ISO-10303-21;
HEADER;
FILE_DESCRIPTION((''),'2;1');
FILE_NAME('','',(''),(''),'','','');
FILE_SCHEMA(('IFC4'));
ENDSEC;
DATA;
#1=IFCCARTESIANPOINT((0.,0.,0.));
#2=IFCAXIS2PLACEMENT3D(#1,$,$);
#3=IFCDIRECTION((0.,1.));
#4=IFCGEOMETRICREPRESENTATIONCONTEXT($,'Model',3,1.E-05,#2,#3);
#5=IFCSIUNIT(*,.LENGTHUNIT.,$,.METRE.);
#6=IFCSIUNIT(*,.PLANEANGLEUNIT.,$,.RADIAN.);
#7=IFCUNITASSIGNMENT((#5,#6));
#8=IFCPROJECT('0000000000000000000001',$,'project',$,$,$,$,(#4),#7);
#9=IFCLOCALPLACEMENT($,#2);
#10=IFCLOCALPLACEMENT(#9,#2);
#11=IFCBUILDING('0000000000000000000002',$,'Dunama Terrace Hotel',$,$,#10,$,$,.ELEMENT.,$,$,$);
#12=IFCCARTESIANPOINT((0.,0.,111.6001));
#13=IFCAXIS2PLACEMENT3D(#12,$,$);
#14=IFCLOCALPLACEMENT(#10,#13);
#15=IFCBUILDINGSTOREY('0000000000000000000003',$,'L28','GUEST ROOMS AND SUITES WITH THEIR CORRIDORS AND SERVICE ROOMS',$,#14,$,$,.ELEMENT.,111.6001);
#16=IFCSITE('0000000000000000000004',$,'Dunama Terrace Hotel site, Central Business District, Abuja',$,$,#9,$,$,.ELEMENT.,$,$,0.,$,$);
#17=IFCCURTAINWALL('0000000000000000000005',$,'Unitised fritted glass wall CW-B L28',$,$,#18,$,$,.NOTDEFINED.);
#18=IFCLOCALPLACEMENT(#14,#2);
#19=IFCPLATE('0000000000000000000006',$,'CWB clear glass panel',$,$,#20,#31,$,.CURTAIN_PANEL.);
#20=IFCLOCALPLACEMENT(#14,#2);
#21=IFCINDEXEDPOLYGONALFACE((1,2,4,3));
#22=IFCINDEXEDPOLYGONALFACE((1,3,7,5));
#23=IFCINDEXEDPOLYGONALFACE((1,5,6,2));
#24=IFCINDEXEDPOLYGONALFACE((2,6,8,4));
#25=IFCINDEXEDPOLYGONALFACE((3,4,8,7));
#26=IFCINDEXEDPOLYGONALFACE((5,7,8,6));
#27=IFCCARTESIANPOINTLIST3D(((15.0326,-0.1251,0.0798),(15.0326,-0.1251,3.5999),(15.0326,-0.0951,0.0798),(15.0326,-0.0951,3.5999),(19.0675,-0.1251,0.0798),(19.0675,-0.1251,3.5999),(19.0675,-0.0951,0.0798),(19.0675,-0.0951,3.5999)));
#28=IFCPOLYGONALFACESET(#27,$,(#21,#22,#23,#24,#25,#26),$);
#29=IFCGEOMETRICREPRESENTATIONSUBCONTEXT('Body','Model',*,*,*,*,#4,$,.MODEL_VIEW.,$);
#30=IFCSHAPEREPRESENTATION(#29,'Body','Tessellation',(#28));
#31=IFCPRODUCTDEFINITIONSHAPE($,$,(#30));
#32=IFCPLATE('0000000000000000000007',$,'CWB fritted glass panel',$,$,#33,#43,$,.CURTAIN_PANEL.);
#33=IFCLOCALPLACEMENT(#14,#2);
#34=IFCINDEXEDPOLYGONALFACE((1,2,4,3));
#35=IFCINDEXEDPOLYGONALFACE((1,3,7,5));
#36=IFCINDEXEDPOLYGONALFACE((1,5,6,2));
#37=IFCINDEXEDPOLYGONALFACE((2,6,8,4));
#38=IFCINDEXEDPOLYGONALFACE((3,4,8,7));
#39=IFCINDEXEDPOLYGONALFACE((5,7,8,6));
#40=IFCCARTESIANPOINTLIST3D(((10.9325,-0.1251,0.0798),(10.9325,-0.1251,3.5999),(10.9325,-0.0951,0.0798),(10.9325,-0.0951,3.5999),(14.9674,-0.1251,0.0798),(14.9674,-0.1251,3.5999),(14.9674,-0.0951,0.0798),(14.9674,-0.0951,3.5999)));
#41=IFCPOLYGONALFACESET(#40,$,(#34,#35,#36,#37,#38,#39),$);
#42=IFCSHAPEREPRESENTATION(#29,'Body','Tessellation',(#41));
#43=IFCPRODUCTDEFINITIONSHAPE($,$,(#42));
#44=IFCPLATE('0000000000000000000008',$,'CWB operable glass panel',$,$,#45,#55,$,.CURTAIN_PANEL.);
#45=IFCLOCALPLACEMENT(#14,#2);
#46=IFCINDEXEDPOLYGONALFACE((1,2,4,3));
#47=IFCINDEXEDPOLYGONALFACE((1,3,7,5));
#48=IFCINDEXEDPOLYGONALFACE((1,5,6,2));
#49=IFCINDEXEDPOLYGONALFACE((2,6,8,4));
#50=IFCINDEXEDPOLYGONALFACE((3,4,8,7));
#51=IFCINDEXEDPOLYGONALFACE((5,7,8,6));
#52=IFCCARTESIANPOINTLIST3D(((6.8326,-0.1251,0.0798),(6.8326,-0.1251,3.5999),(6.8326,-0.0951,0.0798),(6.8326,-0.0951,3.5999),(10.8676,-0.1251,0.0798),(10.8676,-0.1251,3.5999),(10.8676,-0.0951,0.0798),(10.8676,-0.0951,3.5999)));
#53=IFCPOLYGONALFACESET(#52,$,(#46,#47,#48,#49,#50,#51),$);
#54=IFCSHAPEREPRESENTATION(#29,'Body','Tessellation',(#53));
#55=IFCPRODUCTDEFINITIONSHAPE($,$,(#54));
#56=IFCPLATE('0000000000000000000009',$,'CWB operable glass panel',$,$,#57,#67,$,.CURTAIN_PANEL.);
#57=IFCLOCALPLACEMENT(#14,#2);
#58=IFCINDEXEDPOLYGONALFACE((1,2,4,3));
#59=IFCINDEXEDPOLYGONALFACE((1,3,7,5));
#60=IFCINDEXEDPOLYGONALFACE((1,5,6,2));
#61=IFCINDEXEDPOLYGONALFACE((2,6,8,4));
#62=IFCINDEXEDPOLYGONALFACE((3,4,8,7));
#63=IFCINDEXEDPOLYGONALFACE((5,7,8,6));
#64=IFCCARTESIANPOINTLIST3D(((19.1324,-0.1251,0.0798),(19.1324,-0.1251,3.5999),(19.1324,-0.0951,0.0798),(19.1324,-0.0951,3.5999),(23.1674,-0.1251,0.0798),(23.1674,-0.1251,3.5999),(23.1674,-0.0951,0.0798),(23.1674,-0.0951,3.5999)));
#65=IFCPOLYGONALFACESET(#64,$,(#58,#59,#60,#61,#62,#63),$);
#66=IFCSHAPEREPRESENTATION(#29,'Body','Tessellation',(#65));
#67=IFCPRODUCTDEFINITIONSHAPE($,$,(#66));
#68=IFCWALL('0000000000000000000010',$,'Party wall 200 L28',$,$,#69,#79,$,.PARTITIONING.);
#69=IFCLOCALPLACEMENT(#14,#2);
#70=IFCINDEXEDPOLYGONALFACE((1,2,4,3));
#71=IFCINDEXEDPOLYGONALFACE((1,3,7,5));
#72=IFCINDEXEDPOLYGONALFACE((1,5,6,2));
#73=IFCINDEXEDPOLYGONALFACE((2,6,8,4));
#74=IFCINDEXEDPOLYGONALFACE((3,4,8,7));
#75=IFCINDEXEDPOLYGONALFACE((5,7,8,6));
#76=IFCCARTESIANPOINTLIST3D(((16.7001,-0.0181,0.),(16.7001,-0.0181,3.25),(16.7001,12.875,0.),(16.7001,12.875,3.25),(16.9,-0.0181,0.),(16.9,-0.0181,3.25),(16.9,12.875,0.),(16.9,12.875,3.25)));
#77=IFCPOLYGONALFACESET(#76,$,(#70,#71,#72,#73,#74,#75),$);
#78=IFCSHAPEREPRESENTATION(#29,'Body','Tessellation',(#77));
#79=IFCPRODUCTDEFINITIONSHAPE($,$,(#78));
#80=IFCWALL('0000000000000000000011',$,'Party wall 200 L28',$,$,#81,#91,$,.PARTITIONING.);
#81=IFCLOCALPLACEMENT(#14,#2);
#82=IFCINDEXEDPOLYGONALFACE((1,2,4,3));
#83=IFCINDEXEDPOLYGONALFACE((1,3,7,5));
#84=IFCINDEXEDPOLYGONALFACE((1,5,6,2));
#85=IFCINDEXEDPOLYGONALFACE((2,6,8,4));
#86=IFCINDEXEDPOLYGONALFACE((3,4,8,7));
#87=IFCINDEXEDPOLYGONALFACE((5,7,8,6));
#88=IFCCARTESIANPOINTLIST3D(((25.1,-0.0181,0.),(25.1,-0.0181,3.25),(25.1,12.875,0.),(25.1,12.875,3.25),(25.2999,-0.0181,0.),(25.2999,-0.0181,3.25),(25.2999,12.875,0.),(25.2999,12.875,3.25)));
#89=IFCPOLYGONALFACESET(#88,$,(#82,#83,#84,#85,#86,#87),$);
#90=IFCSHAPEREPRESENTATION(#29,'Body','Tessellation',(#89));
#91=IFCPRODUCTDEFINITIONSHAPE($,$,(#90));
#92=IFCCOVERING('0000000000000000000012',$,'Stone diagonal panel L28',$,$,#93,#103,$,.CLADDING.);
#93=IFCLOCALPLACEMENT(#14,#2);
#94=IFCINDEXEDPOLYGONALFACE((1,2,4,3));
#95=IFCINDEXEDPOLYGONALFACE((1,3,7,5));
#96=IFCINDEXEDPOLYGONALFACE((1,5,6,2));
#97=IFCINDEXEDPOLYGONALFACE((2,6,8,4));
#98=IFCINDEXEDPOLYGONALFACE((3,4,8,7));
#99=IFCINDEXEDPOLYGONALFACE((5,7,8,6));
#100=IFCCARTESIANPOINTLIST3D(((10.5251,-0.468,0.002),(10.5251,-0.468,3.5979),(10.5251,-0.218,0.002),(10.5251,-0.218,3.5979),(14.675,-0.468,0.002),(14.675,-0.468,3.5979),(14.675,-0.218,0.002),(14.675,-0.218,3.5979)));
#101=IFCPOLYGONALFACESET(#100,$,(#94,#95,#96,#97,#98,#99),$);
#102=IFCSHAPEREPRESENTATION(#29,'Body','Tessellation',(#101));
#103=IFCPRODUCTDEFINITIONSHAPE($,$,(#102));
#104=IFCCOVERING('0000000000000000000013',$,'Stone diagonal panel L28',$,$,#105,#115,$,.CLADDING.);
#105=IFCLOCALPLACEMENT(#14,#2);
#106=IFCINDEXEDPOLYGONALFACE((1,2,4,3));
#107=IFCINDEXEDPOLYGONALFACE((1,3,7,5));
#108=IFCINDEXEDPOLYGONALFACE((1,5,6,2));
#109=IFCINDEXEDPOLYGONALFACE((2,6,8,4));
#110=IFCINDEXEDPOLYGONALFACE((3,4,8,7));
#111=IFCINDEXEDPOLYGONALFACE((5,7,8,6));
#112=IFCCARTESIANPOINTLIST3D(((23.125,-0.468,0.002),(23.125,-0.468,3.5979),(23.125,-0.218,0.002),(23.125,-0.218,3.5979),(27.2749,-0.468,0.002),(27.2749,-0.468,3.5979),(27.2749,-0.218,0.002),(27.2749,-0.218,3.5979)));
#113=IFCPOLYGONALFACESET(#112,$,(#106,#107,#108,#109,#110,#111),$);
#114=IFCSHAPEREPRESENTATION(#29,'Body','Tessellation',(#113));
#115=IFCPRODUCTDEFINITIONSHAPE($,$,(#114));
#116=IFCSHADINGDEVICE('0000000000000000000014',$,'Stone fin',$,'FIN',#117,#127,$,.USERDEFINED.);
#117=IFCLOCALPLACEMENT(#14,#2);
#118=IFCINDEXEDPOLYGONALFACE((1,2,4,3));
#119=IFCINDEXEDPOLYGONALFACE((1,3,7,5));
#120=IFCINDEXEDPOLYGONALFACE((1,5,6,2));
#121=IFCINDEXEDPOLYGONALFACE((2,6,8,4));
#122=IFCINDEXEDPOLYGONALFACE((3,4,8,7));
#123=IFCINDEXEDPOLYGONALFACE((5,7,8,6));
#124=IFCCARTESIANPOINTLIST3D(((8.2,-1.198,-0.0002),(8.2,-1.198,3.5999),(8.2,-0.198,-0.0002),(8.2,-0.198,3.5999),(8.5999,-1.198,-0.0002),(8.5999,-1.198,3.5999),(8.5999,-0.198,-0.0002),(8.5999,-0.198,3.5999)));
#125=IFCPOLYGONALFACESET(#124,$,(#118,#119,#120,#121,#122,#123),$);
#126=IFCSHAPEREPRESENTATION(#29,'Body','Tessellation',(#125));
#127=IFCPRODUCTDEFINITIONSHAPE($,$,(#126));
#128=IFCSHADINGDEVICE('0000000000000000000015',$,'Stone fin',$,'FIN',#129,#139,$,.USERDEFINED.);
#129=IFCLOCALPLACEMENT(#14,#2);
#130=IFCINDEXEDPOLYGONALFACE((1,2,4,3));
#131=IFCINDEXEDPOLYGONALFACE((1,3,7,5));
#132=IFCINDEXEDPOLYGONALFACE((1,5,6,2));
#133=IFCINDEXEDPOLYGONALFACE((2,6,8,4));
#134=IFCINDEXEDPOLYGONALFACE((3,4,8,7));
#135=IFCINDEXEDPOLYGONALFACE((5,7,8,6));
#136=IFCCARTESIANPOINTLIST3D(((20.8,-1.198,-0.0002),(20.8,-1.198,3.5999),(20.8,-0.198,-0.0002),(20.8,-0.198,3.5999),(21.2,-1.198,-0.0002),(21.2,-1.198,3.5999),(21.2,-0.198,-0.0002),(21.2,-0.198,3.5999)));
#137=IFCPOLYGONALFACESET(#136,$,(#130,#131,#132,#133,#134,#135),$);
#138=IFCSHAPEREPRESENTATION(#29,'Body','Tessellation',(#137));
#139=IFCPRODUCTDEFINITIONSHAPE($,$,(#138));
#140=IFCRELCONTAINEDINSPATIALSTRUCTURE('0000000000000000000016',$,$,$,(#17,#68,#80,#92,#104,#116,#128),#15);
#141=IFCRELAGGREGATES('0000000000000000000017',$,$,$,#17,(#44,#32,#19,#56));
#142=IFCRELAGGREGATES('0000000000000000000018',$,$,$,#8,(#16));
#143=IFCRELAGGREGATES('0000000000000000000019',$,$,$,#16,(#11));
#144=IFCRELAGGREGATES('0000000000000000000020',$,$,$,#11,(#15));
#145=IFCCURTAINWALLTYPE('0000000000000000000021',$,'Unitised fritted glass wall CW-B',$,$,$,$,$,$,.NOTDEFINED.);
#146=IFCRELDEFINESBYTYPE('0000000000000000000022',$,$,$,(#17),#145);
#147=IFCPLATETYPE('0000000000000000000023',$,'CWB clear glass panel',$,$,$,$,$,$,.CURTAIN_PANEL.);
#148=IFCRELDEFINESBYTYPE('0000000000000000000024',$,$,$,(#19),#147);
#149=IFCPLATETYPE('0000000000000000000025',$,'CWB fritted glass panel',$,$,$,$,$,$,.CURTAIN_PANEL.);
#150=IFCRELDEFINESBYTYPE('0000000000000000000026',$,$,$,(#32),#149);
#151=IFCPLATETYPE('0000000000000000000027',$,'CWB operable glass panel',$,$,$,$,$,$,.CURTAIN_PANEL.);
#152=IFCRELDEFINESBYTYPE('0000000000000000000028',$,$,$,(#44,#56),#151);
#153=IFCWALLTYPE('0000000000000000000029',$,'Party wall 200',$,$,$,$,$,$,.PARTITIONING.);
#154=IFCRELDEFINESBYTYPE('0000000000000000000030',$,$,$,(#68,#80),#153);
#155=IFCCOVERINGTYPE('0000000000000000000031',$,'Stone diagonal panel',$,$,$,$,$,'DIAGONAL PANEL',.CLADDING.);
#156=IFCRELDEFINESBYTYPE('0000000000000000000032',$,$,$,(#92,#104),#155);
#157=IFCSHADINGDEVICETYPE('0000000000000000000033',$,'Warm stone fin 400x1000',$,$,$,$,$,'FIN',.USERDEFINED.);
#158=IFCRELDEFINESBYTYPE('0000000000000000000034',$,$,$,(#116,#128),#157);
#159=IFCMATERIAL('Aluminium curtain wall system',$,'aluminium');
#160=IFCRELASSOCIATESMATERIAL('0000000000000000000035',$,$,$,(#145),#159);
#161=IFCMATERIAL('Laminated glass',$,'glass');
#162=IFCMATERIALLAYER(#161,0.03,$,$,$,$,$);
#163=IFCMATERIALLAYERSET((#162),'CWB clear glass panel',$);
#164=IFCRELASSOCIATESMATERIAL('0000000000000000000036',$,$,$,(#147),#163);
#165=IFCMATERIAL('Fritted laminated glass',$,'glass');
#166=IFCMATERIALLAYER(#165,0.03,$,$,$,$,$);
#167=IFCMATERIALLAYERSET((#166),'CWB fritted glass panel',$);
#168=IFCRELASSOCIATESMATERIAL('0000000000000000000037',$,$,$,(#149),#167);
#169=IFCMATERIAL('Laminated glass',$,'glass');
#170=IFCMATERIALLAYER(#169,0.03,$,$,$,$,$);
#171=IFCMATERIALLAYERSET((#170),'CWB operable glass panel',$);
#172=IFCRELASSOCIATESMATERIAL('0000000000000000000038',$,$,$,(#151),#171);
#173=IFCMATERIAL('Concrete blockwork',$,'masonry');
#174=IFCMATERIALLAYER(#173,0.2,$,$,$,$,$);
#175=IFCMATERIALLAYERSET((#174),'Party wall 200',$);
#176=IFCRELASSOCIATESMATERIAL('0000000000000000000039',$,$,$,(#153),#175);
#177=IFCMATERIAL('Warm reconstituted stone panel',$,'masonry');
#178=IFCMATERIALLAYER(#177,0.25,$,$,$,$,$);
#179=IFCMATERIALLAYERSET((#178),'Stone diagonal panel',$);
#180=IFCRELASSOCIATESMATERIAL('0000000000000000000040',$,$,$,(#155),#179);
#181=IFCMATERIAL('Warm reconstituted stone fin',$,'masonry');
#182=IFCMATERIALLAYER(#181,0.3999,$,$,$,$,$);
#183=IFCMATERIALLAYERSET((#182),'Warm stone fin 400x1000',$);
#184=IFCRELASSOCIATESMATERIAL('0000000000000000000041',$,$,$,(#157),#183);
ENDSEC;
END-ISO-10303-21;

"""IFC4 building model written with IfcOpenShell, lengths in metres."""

from ifc_helpers import new_model, si_unit, direction, frame, frame_2d, origin, origin_2d, place, context, subcontext, project, spatial, rectangle, extrude, material, layer, layer_set, type_object, element, aggregate, save


model = new_model("IFC4")

# Units and contexts
model_context = context("Model", 3, precision=1e-05, world=origin(), true_north=direction((0.0, 1.0)))
body_context = subcontext(model_context, "Body", "Model", "MODEL_VIEW")
ifc_project = project(units=[si_unit("LENGTHUNIT", "METRE"), si_unit("PLANEANGLEUNIT", "RADIAN")], contexts=[model_context])

# Site, building, storey
site_placement = place(None, origin())
site = spatial("IfcSite", under=ifc_project, at=site_placement, Name="Dunama Terrace Hotel site, Central Business District, Abuja", CompositionType="ELEMENT", RefElevation=0.0)
building_placement = place(site_placement, origin())
building = spatial("IfcBuilding", under=site, at=building_placement, Name="Dunama Terrace Hotel", CompositionType="ELEMENT")
storey_placement = place(building_placement, frame((0.0, 0.0, 111.6001)))
storey = spatial("IfcBuildingStorey", under=building, at=storey_placement, Name="L28", Description="GUEST ROOMS AND SUITES WITH THEIR CORRIDORS AND SERVICE ROOMS", CompositionType="ELEMENT", Elevation=111.6001)

# Curtain wall
ifc_material_1 = material(Name="Aluminium curtain wall system", Category="aluminium")
curtain_wall_type = type_object("IfcCurtainWallType", Name="Unitised fritted glass wall CW-B", PredefinedType="NOTDEFINED", material=ifc_material_1)
curtain_wall_placement = place(storey_placement, origin())
curtain_wall = element("IfcCurtainWall", 1, at=curtain_wall_placement, inside=storey, type_object=curtain_wall_type, Name="Unitised fritted glass wall CW-B L28", PredefinedType="NOTDEFINED")

# Plates
ifc_material_2 = material(Name="Laminated glass", Category="glass")
ifc_layer_1 = layer(ifc_material_2, 0.03)
ifc_layer_set_1 = layer_set([ifc_layer_1], Name="CWB clear glass panel")
plate_type_1 = type_object("IfcPlateType", Name="CWB clear glass panel", PredefinedType="CURTAIN_PANEL", material=ifc_layer_set_1)
plate_1_placement = place(storey_placement, frame((17.05, -0.1101, 0.0798), z_axis=(0.0, 0.0, 1.0), x_axis=(1.0, 0.0, 0.0)))
plate_1 = element("IfcPlate", 2, at=plate_1_placement, type_object=plate_type_1, Name="CWB clear glass panel", PredefinedType="CURTAIN_PANEL", context=body_context, shape_type="SweptSolid", body=[
    extrude(rectangle(XDim=4.0349, YDim=0.03, at=origin_2d()), origin(), (0.0, 0.0, 1.0), 3.52),
])
ifc_material_3 = material(Name="Fritted laminated glass", Category="glass")
ifc_layer_2 = layer(ifc_material_3, 0.03)
ifc_layer_set_2 = layer_set([ifc_layer_2], Name="CWB fritted glass panel")
plate_type_2 = type_object("IfcPlateType", Name="CWB fritted glass panel", PredefinedType="CURTAIN_PANEL", material=ifc_layer_set_2)
plate_2_placement = place(storey_placement, frame((12.95, -0.1101, 0.0798), z_axis=(0.0, 0.0, 1.0), x_axis=(1.0, 0.0, 0.0)))
plate_2 = element("IfcPlate", 3, at=plate_2_placement, type_object=plate_type_2, Name="CWB fritted glass panel", PredefinedType="CURTAIN_PANEL", context=body_context, shape_type="SweptSolid", body=[
    extrude(rectangle(XDim=4.0349, YDim=0.03, at=origin_2d()), origin(), (0.0, 0.0, 1.0), 3.52),
])
ifc_material_4 = material(Name="Laminated glass", Category="glass")
ifc_layer_3 = layer(ifc_material_4, 0.03)
ifc_layer_set_3 = layer_set([ifc_layer_3], Name="CWB operable glass panel")
plate_type_3 = type_object("IfcPlateType", Name="CWB operable glass panel", PredefinedType="CURTAIN_PANEL", material=ifc_layer_set_3)
plate_3_placement = place(storey_placement, frame((8.8501, -0.1101, 0.0798), z_axis=(0.0, 0.0, 1.0), x_axis=(1.0, 0.0, 0.0)))
plate_3 = element("IfcPlate", 4, at=plate_3_placement, type_object=plate_type_3, Name="CWB operable glass panel", PredefinedType="CURTAIN_PANEL", context=body_context, shape_type="SweptSolid", body=[
    extrude(rectangle(XDim=4.0349, YDim=0.03, at=origin_2d()), origin(), (0.0, 0.0, 1.0), 3.52),
])
plate_4_placement = place(storey_placement, frame((21.1499, -0.1101, 0.0798), z_axis=(0.0, 0.0, 1.0), x_axis=(1.0, 0.0, 0.0)))
plate_4 = element("IfcPlate", 5, at=plate_4_placement, type_object=plate_type_3, Name="CWB operable glass panel", PredefinedType="CURTAIN_PANEL", context=body_context, shape_type="SweptSolid", body=[
    extrude(rectangle(XDim=4.0349, YDim=0.03, at=origin_2d()), origin(), (0.0, 0.0, 1.0), 3.52),
])
aggregate(curtain_wall, [plate_3, plate_2, plate_1, plate_4])

# Walls
ifc_material_5 = material(Name="Concrete blockwork", Category="masonry")
ifc_layer_4 = layer(ifc_material_5, 0.2)
ifc_layer_set_4 = layer_set([ifc_layer_4], Name="Party wall 200")
wall_type = type_object("IfcWallType", Name="Party wall 200", PredefinedType="PARTITIONING", material=ifc_layer_set_4)
for number, where, z_axis, x_axis, name in (
    (6, (16.8, -0.0181, 0.0), (0.0, 0.0, 1.0), (0.0, 1.0, 0.0), "Party wall 200 L28"),
    (7, (25.2, -0.0181, 0.0), (0.0, 0.0, 1.0), (0.0, 1.0, 0.0), "Party wall 200 L28"),
):
    element("IfcWall", number, at=place(storey_placement, frame(where, z_axis=z_axis, x_axis=x_axis)), inside=storey, type_object=wall_type, Name=name, PredefinedType="PARTITIONING", context=body_context, shape_type="SweptSolid", body=[
        extrude(rectangle(XDim=12.8931, YDim=0.2, at=frame_2d((6.4465, 0.0))), origin(), (0.0, 0.0, 1.0), 3.25),
    ])

# Coverings
ifc_material_6 = material(Name="Warm reconstituted stone panel", Category="masonry")
ifc_layer_5 = layer(ifc_material_6, 0.25)
ifc_layer_set_5 = layer_set([ifc_layer_5], Name="Stone diagonal panel")
covering_type = type_object("IfcCoveringType", Name="Stone diagonal panel", ElementType="DIAGONAL PANEL", PredefinedType="CLADDING", material=ifc_layer_set_5)
for number, where, z_axis, x_axis, name in (
    (8, (12.6001, -0.343, 0.002), (0.0, 0.0, 1.0), (1.0, 0.0, 0.0), "Stone diagonal panel L28"),
    (9, (25.2, -0.343, 0.002), (0.0, 0.0, 1.0), (1.0, 0.0, 0.0), "Stone diagonal panel L28"),
):
    element("IfcCovering", number, at=place(storey_placement, frame(where, z_axis=z_axis, x_axis=x_axis)), inside=storey, type_object=covering_type, Name=name, PredefinedType="CLADDING", context=body_context, shape_type="SweptSolid", body=[
        extrude(rectangle(XDim=4.1499, YDim=0.25, at=origin_2d()), origin(), (0.0, 0.0, 1.0), 3.5959),
    ])

# Shading devices
ifc_material_7 = material(Name="Warm reconstituted stone fin", Category="masonry")
ifc_layer_6 = layer(ifc_material_7, 0.3999)
ifc_layer_set_6 = layer_set([ifc_layer_6], Name="Warm stone fin 400x1000")
shading_device_type = type_object("IfcShadingDeviceType", Name="Warm stone fin 400x1000", ElementType="FIN", PredefinedType="USERDEFINED", material=ifc_layer_set_6)
for number, where, z_axis, x_axis, name in (
    (10, (8.3999, -0.698, -0.0002), (0.0, 0.0, 1.0), (1.0, 0.0, 0.0), "Stone fin"),
    (11, (21.0, -0.698, -0.0002), (0.0, 0.0, 1.0), (1.0, 0.0, 0.0), "Stone fin"),
):
    element("IfcShadingDevice", number, at=place(storey_placement, frame(where, z_axis=z_axis, x_axis=x_axis)), inside=storey, type_object=shading_device_type, Name=name, ObjectType="FIN", PredefinedType="USERDEFINED", context=body_context, shape_type="SweptSolid", body=[
        extrude(rectangle(XDim=0.3999, YDim=1.0, at=origin_2d()), origin(), (0.0, 0.0, 1.0), 3.6001),
    ])

save(model, "model.ifc")
